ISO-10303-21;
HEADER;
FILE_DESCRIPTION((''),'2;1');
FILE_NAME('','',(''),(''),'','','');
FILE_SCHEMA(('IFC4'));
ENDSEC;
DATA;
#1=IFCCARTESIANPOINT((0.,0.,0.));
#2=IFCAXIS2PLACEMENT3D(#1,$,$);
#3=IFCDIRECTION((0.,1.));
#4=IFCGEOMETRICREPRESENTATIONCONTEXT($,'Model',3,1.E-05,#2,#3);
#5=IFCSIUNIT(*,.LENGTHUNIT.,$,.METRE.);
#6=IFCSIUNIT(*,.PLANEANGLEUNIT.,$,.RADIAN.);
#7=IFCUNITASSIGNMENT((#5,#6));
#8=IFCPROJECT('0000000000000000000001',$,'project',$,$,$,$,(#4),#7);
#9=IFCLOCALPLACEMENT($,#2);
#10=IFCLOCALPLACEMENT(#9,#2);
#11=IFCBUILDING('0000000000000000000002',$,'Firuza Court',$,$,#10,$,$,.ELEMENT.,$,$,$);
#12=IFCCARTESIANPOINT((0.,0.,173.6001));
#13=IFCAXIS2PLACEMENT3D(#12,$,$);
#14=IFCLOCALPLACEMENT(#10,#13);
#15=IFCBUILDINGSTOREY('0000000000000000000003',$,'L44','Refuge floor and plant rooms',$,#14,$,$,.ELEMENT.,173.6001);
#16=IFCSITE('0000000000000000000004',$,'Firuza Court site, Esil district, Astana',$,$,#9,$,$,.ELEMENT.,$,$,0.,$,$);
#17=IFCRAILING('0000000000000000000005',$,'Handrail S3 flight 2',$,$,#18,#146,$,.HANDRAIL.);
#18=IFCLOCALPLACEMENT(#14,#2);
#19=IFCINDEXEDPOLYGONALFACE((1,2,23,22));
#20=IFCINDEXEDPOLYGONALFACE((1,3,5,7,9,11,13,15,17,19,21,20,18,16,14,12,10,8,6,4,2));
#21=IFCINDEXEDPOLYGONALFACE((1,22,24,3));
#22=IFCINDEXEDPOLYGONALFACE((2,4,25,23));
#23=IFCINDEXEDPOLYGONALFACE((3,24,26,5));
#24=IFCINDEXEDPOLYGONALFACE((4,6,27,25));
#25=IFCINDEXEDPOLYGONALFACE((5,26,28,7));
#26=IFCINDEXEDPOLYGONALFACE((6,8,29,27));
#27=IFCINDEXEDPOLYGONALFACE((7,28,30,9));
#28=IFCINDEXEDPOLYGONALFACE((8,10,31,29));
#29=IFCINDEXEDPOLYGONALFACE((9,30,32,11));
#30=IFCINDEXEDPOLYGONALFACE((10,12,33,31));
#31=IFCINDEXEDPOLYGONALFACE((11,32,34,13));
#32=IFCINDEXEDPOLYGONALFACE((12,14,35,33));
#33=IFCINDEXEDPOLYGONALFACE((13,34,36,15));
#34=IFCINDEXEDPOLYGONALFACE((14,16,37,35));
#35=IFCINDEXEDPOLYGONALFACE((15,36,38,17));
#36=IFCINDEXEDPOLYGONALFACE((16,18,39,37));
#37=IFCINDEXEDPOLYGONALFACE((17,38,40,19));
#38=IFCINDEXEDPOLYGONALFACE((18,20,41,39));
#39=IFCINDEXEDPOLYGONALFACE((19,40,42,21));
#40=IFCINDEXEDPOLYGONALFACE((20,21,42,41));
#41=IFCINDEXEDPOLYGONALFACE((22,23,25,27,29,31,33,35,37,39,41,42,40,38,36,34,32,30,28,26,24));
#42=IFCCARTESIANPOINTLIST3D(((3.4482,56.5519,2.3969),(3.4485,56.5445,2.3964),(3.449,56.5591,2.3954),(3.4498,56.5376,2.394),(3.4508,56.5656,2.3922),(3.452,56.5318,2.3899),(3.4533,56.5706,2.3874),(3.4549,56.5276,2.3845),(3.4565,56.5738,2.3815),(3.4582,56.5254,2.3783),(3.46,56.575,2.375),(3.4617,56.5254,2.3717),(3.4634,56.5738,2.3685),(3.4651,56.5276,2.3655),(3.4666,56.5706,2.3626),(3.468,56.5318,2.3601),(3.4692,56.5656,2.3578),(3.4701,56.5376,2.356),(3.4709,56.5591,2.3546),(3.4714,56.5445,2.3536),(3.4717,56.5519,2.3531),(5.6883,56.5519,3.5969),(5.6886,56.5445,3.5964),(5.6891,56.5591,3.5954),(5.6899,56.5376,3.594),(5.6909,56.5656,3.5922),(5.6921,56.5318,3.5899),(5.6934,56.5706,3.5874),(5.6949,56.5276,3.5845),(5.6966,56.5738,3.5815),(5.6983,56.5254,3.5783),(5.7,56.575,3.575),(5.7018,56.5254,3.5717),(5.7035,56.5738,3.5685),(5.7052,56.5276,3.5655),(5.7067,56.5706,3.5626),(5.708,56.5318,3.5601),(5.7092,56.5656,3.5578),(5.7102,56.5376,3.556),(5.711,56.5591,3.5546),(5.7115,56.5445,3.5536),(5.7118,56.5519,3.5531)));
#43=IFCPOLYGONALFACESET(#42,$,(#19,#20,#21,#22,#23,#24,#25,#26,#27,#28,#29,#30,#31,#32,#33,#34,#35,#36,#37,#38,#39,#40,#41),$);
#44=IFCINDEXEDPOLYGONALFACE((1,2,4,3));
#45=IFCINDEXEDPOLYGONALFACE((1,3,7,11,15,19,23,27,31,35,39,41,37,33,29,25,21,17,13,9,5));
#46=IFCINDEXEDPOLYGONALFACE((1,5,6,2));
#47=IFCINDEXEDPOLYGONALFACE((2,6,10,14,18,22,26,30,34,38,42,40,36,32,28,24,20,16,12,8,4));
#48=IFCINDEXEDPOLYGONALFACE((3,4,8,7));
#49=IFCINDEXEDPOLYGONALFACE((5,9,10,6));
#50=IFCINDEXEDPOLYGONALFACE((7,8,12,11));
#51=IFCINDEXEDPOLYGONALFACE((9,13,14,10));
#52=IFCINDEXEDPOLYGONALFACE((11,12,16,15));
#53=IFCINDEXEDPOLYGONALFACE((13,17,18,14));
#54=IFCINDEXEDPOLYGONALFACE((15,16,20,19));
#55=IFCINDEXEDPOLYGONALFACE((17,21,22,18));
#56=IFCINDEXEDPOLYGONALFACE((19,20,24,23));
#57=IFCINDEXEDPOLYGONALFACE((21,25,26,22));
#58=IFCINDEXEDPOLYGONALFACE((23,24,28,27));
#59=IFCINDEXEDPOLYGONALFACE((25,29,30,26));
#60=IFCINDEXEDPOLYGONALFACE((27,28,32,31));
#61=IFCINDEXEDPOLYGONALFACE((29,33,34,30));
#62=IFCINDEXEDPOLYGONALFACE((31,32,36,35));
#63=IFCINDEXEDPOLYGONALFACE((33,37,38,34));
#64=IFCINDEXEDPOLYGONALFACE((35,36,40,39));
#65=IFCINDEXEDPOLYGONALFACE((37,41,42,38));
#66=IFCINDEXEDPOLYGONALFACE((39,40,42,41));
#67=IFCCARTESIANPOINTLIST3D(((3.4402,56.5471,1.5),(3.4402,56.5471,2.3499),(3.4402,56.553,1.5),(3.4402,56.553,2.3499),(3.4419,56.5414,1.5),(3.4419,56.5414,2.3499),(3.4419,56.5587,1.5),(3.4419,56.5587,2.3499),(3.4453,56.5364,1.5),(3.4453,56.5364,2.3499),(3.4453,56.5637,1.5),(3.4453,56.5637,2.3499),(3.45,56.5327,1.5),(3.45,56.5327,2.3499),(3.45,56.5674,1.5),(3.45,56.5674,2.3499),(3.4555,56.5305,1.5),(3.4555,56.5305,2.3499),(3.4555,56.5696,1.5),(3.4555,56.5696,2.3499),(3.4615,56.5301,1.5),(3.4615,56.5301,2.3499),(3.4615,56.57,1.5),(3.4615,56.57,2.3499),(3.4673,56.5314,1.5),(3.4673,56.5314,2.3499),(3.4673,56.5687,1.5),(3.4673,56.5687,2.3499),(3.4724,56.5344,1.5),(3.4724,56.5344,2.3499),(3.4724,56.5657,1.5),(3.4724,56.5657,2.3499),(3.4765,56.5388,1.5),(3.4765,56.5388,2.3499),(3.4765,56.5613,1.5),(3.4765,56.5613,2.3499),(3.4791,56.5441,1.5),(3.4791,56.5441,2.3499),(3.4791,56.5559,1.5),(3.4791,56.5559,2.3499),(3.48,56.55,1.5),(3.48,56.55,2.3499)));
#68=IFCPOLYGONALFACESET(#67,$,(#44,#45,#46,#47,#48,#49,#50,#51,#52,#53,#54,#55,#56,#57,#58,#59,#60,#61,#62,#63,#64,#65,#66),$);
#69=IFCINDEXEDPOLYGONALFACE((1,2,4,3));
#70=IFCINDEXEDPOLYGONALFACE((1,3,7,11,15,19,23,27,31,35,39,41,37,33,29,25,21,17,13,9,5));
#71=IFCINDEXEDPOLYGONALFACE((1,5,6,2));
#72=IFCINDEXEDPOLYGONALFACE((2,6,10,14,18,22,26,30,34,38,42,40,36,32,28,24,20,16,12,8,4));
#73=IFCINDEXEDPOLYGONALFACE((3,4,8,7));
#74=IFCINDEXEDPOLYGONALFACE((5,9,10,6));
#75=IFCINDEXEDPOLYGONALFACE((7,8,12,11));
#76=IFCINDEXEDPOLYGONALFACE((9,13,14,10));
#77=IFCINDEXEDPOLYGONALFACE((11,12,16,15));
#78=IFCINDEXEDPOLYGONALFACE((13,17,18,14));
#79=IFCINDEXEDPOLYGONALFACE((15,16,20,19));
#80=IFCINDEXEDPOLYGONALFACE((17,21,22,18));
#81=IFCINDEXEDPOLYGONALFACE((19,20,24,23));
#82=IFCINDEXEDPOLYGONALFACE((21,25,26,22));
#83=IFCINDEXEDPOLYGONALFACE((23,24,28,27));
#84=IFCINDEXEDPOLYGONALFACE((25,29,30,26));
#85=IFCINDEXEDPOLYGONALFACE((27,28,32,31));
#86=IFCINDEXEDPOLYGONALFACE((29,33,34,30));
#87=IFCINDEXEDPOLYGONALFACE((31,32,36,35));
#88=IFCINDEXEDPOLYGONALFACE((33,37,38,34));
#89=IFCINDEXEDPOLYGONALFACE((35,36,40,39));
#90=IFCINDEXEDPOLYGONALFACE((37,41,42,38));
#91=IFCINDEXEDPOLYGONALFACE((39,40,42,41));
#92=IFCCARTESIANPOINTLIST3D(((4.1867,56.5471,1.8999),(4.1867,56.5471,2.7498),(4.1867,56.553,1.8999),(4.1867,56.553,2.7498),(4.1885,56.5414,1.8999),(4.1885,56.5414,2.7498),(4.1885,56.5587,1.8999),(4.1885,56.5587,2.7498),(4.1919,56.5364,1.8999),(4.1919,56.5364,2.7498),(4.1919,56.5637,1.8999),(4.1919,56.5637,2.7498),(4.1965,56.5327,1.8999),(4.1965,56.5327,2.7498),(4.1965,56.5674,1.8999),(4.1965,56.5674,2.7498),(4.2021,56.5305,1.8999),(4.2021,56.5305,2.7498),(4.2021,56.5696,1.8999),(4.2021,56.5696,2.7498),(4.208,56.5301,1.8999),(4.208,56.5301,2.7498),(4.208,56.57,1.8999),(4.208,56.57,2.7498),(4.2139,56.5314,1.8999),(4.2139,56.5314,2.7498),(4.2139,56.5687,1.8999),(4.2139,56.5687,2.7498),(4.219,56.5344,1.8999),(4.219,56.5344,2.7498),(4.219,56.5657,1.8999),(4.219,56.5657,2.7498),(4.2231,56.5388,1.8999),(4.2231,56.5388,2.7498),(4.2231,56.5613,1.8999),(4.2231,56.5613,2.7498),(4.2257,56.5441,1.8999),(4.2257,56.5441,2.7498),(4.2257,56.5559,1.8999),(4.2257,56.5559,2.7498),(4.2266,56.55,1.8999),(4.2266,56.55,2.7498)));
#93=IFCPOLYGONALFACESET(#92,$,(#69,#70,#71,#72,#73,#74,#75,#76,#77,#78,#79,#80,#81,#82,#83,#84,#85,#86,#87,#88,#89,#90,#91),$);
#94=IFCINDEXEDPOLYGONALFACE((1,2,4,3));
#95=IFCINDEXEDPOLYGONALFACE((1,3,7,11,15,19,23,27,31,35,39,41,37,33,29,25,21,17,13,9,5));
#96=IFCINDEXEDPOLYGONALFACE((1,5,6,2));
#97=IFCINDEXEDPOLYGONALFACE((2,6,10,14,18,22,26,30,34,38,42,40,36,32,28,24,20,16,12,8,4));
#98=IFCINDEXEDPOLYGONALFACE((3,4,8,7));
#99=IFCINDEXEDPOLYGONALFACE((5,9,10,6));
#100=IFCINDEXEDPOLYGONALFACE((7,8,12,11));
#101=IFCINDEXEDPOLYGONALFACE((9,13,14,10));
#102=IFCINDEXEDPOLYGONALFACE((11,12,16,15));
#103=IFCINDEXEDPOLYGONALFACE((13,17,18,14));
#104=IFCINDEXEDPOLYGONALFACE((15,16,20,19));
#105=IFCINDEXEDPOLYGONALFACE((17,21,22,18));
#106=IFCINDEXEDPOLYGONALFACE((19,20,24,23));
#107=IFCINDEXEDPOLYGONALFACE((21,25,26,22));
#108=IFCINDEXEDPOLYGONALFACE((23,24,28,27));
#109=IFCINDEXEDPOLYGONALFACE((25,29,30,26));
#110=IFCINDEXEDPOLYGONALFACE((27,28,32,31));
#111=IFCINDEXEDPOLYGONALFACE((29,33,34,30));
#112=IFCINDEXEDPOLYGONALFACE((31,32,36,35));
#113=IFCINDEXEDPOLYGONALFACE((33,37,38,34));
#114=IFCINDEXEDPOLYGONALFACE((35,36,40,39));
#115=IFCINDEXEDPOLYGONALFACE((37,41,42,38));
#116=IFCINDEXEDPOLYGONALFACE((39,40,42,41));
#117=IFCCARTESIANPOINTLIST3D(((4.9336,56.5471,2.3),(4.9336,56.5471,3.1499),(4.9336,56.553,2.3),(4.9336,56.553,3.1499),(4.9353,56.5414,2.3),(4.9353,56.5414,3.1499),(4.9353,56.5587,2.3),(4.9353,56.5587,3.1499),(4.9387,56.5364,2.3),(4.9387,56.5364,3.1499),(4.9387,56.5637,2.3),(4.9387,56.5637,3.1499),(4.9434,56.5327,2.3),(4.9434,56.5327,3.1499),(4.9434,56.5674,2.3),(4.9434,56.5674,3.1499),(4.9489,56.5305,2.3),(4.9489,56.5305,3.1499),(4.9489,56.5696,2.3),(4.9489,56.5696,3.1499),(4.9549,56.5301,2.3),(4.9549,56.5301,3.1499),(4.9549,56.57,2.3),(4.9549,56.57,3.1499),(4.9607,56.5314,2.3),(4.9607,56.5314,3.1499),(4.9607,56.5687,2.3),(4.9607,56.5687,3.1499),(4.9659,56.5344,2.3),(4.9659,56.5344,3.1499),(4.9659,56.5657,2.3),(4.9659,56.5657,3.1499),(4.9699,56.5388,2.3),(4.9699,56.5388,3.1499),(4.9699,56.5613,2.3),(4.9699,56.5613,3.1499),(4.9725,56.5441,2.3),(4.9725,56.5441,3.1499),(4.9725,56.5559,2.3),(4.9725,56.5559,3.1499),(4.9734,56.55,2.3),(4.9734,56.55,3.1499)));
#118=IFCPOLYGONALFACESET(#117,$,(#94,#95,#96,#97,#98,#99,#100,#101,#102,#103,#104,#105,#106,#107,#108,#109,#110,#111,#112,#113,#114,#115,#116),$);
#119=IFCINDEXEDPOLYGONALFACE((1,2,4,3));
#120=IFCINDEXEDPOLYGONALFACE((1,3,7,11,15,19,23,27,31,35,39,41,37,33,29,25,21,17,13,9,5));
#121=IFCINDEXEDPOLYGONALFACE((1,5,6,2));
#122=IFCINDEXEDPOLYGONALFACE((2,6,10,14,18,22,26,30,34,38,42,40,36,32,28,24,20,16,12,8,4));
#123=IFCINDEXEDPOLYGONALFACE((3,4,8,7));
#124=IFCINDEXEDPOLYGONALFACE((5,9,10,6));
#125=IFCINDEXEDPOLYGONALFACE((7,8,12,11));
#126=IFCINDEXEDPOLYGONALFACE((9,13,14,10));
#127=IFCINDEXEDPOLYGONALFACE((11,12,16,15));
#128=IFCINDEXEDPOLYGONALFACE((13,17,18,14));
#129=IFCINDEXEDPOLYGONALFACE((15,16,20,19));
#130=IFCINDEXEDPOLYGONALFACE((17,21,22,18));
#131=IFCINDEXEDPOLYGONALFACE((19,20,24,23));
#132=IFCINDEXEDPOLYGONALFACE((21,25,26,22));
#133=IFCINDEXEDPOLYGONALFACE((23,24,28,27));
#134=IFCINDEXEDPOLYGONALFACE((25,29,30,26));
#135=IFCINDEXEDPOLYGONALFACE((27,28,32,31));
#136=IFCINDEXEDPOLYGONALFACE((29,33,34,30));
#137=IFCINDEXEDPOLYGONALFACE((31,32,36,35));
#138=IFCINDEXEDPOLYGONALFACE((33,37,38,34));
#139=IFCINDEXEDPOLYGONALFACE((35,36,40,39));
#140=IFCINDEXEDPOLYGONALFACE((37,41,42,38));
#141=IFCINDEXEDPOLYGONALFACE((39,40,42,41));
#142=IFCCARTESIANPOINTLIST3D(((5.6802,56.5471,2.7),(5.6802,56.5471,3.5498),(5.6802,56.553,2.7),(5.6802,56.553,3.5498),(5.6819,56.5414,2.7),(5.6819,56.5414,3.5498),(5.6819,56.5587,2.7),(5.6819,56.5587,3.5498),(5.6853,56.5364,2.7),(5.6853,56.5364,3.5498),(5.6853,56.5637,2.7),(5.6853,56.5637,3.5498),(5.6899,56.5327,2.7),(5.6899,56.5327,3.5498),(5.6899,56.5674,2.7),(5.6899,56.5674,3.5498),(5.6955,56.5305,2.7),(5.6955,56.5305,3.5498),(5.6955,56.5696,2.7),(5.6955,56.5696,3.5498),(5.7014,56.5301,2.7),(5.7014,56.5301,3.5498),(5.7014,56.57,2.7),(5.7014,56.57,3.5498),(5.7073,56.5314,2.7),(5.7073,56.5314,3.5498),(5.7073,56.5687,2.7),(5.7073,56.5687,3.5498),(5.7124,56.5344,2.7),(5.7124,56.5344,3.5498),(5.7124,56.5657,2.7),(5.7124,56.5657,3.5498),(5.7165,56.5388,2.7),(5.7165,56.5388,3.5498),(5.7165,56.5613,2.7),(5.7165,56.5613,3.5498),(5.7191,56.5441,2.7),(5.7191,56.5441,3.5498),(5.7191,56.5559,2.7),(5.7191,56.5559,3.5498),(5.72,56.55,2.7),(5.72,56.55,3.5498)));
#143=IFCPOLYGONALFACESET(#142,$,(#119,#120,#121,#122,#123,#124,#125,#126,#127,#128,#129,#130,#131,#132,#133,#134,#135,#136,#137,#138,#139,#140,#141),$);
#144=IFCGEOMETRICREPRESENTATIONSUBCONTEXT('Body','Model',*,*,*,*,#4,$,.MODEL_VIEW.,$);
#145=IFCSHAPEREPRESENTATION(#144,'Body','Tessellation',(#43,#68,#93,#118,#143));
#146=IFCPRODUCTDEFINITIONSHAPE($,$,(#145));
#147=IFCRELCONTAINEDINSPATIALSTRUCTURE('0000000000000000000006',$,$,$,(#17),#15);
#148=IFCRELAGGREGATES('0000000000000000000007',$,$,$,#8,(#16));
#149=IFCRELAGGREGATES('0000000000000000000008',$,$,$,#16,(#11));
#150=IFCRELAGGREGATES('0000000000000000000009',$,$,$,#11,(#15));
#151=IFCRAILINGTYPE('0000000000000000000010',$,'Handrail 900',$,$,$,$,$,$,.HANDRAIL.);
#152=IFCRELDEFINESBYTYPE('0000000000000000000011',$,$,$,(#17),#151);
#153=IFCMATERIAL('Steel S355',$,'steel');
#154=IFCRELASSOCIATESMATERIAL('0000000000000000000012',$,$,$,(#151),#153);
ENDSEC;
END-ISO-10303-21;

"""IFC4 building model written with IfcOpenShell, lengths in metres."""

from ifc_helpers import new_model, si_unit, direction, frame, origin, origin_2d, place, context, subcontext, project, spatial, circle, extrude, material, type_object, element, save


model = new_model("IFC4")

# Units and contexts
model_context = context("Model", 3, precision=1e-05, world=origin(), true_north=direction((0.0, 1.0)))
body_context = subcontext(model_context, "Body", "Model", "MODEL_VIEW")
ifc_project = project(units=[si_unit("LENGTHUNIT", "METRE"), si_unit("PLANEANGLEUNIT", "RADIAN")], contexts=[model_context])

# Site, building, storey
site_placement = place(None, origin())
site = spatial("IfcSite", under=ifc_project, at=site_placement, Name="Firuza Court site, Esil district, Astana", CompositionType="ELEMENT", RefElevation=0.0)
building_placement = place(site_placement, origin())
building = spatial("IfcBuilding", under=site, at=building_placement, Name="Firuza Court", CompositionType="ELEMENT")
storey_placement = place(building_placement, frame((0.0, 0.0, 173.6001)))
storey = spatial("IfcBuildingStorey", under=building, at=storey_placement, Name="L44", Description="Refuge floor and plant rooms", CompositionType="ELEMENT", Elevation=173.6001)

# Railing
ifc_material_1 = material(Name="Steel S355", Category="steel")
railing_type = type_object("IfcRailingType", Name="Handrail 900", PredefinedType="HANDRAIL", material=ifc_material_1)
for number, where, name in (
    (1, (3.46, 56.55, 1.5), "Handrail S3 flight 2"),
):
    element("IfcRailing", number, at=place(storey_placement, frame(where)), inside=storey, type_object=railing_type, Name=name, PredefinedType="HANDRAIL", context=body_context, shape_type="SweptSolid", body=[
        extrude(circle(Radius=0.0249, at=origin_2d()), frame((0.0, 0.0, 0.875), z_axis=(0.881487, 0.0, 0.472208), x_axis=(0.0, 1.0, 0.0)), (0.0, 0.0, 1.0), 2.5413),
        extrude(circle(Radius=0.02, at=origin_2d()), origin(), (0.0, 0.0, 1.0), 0.8499),
        extrude(circle(Radius=0.02, at=origin_2d()), frame((0.7466, 0.0, 0.3999)), (0.0, 0.0, 1.0), 0.8499),
        extrude(circle(Radius=0.02, at=origin_2d()), frame((1.4934, 0.0, 0.8)), (0.0, 0.0, 1.0), 0.8499),
        extrude(circle(Radius=0.02, at=origin_2d()), frame((2.24, 0.0, 1.2)), (0.0, 0.0, 1.0), 0.8499),
    ])

save(model, "model.ifc")
